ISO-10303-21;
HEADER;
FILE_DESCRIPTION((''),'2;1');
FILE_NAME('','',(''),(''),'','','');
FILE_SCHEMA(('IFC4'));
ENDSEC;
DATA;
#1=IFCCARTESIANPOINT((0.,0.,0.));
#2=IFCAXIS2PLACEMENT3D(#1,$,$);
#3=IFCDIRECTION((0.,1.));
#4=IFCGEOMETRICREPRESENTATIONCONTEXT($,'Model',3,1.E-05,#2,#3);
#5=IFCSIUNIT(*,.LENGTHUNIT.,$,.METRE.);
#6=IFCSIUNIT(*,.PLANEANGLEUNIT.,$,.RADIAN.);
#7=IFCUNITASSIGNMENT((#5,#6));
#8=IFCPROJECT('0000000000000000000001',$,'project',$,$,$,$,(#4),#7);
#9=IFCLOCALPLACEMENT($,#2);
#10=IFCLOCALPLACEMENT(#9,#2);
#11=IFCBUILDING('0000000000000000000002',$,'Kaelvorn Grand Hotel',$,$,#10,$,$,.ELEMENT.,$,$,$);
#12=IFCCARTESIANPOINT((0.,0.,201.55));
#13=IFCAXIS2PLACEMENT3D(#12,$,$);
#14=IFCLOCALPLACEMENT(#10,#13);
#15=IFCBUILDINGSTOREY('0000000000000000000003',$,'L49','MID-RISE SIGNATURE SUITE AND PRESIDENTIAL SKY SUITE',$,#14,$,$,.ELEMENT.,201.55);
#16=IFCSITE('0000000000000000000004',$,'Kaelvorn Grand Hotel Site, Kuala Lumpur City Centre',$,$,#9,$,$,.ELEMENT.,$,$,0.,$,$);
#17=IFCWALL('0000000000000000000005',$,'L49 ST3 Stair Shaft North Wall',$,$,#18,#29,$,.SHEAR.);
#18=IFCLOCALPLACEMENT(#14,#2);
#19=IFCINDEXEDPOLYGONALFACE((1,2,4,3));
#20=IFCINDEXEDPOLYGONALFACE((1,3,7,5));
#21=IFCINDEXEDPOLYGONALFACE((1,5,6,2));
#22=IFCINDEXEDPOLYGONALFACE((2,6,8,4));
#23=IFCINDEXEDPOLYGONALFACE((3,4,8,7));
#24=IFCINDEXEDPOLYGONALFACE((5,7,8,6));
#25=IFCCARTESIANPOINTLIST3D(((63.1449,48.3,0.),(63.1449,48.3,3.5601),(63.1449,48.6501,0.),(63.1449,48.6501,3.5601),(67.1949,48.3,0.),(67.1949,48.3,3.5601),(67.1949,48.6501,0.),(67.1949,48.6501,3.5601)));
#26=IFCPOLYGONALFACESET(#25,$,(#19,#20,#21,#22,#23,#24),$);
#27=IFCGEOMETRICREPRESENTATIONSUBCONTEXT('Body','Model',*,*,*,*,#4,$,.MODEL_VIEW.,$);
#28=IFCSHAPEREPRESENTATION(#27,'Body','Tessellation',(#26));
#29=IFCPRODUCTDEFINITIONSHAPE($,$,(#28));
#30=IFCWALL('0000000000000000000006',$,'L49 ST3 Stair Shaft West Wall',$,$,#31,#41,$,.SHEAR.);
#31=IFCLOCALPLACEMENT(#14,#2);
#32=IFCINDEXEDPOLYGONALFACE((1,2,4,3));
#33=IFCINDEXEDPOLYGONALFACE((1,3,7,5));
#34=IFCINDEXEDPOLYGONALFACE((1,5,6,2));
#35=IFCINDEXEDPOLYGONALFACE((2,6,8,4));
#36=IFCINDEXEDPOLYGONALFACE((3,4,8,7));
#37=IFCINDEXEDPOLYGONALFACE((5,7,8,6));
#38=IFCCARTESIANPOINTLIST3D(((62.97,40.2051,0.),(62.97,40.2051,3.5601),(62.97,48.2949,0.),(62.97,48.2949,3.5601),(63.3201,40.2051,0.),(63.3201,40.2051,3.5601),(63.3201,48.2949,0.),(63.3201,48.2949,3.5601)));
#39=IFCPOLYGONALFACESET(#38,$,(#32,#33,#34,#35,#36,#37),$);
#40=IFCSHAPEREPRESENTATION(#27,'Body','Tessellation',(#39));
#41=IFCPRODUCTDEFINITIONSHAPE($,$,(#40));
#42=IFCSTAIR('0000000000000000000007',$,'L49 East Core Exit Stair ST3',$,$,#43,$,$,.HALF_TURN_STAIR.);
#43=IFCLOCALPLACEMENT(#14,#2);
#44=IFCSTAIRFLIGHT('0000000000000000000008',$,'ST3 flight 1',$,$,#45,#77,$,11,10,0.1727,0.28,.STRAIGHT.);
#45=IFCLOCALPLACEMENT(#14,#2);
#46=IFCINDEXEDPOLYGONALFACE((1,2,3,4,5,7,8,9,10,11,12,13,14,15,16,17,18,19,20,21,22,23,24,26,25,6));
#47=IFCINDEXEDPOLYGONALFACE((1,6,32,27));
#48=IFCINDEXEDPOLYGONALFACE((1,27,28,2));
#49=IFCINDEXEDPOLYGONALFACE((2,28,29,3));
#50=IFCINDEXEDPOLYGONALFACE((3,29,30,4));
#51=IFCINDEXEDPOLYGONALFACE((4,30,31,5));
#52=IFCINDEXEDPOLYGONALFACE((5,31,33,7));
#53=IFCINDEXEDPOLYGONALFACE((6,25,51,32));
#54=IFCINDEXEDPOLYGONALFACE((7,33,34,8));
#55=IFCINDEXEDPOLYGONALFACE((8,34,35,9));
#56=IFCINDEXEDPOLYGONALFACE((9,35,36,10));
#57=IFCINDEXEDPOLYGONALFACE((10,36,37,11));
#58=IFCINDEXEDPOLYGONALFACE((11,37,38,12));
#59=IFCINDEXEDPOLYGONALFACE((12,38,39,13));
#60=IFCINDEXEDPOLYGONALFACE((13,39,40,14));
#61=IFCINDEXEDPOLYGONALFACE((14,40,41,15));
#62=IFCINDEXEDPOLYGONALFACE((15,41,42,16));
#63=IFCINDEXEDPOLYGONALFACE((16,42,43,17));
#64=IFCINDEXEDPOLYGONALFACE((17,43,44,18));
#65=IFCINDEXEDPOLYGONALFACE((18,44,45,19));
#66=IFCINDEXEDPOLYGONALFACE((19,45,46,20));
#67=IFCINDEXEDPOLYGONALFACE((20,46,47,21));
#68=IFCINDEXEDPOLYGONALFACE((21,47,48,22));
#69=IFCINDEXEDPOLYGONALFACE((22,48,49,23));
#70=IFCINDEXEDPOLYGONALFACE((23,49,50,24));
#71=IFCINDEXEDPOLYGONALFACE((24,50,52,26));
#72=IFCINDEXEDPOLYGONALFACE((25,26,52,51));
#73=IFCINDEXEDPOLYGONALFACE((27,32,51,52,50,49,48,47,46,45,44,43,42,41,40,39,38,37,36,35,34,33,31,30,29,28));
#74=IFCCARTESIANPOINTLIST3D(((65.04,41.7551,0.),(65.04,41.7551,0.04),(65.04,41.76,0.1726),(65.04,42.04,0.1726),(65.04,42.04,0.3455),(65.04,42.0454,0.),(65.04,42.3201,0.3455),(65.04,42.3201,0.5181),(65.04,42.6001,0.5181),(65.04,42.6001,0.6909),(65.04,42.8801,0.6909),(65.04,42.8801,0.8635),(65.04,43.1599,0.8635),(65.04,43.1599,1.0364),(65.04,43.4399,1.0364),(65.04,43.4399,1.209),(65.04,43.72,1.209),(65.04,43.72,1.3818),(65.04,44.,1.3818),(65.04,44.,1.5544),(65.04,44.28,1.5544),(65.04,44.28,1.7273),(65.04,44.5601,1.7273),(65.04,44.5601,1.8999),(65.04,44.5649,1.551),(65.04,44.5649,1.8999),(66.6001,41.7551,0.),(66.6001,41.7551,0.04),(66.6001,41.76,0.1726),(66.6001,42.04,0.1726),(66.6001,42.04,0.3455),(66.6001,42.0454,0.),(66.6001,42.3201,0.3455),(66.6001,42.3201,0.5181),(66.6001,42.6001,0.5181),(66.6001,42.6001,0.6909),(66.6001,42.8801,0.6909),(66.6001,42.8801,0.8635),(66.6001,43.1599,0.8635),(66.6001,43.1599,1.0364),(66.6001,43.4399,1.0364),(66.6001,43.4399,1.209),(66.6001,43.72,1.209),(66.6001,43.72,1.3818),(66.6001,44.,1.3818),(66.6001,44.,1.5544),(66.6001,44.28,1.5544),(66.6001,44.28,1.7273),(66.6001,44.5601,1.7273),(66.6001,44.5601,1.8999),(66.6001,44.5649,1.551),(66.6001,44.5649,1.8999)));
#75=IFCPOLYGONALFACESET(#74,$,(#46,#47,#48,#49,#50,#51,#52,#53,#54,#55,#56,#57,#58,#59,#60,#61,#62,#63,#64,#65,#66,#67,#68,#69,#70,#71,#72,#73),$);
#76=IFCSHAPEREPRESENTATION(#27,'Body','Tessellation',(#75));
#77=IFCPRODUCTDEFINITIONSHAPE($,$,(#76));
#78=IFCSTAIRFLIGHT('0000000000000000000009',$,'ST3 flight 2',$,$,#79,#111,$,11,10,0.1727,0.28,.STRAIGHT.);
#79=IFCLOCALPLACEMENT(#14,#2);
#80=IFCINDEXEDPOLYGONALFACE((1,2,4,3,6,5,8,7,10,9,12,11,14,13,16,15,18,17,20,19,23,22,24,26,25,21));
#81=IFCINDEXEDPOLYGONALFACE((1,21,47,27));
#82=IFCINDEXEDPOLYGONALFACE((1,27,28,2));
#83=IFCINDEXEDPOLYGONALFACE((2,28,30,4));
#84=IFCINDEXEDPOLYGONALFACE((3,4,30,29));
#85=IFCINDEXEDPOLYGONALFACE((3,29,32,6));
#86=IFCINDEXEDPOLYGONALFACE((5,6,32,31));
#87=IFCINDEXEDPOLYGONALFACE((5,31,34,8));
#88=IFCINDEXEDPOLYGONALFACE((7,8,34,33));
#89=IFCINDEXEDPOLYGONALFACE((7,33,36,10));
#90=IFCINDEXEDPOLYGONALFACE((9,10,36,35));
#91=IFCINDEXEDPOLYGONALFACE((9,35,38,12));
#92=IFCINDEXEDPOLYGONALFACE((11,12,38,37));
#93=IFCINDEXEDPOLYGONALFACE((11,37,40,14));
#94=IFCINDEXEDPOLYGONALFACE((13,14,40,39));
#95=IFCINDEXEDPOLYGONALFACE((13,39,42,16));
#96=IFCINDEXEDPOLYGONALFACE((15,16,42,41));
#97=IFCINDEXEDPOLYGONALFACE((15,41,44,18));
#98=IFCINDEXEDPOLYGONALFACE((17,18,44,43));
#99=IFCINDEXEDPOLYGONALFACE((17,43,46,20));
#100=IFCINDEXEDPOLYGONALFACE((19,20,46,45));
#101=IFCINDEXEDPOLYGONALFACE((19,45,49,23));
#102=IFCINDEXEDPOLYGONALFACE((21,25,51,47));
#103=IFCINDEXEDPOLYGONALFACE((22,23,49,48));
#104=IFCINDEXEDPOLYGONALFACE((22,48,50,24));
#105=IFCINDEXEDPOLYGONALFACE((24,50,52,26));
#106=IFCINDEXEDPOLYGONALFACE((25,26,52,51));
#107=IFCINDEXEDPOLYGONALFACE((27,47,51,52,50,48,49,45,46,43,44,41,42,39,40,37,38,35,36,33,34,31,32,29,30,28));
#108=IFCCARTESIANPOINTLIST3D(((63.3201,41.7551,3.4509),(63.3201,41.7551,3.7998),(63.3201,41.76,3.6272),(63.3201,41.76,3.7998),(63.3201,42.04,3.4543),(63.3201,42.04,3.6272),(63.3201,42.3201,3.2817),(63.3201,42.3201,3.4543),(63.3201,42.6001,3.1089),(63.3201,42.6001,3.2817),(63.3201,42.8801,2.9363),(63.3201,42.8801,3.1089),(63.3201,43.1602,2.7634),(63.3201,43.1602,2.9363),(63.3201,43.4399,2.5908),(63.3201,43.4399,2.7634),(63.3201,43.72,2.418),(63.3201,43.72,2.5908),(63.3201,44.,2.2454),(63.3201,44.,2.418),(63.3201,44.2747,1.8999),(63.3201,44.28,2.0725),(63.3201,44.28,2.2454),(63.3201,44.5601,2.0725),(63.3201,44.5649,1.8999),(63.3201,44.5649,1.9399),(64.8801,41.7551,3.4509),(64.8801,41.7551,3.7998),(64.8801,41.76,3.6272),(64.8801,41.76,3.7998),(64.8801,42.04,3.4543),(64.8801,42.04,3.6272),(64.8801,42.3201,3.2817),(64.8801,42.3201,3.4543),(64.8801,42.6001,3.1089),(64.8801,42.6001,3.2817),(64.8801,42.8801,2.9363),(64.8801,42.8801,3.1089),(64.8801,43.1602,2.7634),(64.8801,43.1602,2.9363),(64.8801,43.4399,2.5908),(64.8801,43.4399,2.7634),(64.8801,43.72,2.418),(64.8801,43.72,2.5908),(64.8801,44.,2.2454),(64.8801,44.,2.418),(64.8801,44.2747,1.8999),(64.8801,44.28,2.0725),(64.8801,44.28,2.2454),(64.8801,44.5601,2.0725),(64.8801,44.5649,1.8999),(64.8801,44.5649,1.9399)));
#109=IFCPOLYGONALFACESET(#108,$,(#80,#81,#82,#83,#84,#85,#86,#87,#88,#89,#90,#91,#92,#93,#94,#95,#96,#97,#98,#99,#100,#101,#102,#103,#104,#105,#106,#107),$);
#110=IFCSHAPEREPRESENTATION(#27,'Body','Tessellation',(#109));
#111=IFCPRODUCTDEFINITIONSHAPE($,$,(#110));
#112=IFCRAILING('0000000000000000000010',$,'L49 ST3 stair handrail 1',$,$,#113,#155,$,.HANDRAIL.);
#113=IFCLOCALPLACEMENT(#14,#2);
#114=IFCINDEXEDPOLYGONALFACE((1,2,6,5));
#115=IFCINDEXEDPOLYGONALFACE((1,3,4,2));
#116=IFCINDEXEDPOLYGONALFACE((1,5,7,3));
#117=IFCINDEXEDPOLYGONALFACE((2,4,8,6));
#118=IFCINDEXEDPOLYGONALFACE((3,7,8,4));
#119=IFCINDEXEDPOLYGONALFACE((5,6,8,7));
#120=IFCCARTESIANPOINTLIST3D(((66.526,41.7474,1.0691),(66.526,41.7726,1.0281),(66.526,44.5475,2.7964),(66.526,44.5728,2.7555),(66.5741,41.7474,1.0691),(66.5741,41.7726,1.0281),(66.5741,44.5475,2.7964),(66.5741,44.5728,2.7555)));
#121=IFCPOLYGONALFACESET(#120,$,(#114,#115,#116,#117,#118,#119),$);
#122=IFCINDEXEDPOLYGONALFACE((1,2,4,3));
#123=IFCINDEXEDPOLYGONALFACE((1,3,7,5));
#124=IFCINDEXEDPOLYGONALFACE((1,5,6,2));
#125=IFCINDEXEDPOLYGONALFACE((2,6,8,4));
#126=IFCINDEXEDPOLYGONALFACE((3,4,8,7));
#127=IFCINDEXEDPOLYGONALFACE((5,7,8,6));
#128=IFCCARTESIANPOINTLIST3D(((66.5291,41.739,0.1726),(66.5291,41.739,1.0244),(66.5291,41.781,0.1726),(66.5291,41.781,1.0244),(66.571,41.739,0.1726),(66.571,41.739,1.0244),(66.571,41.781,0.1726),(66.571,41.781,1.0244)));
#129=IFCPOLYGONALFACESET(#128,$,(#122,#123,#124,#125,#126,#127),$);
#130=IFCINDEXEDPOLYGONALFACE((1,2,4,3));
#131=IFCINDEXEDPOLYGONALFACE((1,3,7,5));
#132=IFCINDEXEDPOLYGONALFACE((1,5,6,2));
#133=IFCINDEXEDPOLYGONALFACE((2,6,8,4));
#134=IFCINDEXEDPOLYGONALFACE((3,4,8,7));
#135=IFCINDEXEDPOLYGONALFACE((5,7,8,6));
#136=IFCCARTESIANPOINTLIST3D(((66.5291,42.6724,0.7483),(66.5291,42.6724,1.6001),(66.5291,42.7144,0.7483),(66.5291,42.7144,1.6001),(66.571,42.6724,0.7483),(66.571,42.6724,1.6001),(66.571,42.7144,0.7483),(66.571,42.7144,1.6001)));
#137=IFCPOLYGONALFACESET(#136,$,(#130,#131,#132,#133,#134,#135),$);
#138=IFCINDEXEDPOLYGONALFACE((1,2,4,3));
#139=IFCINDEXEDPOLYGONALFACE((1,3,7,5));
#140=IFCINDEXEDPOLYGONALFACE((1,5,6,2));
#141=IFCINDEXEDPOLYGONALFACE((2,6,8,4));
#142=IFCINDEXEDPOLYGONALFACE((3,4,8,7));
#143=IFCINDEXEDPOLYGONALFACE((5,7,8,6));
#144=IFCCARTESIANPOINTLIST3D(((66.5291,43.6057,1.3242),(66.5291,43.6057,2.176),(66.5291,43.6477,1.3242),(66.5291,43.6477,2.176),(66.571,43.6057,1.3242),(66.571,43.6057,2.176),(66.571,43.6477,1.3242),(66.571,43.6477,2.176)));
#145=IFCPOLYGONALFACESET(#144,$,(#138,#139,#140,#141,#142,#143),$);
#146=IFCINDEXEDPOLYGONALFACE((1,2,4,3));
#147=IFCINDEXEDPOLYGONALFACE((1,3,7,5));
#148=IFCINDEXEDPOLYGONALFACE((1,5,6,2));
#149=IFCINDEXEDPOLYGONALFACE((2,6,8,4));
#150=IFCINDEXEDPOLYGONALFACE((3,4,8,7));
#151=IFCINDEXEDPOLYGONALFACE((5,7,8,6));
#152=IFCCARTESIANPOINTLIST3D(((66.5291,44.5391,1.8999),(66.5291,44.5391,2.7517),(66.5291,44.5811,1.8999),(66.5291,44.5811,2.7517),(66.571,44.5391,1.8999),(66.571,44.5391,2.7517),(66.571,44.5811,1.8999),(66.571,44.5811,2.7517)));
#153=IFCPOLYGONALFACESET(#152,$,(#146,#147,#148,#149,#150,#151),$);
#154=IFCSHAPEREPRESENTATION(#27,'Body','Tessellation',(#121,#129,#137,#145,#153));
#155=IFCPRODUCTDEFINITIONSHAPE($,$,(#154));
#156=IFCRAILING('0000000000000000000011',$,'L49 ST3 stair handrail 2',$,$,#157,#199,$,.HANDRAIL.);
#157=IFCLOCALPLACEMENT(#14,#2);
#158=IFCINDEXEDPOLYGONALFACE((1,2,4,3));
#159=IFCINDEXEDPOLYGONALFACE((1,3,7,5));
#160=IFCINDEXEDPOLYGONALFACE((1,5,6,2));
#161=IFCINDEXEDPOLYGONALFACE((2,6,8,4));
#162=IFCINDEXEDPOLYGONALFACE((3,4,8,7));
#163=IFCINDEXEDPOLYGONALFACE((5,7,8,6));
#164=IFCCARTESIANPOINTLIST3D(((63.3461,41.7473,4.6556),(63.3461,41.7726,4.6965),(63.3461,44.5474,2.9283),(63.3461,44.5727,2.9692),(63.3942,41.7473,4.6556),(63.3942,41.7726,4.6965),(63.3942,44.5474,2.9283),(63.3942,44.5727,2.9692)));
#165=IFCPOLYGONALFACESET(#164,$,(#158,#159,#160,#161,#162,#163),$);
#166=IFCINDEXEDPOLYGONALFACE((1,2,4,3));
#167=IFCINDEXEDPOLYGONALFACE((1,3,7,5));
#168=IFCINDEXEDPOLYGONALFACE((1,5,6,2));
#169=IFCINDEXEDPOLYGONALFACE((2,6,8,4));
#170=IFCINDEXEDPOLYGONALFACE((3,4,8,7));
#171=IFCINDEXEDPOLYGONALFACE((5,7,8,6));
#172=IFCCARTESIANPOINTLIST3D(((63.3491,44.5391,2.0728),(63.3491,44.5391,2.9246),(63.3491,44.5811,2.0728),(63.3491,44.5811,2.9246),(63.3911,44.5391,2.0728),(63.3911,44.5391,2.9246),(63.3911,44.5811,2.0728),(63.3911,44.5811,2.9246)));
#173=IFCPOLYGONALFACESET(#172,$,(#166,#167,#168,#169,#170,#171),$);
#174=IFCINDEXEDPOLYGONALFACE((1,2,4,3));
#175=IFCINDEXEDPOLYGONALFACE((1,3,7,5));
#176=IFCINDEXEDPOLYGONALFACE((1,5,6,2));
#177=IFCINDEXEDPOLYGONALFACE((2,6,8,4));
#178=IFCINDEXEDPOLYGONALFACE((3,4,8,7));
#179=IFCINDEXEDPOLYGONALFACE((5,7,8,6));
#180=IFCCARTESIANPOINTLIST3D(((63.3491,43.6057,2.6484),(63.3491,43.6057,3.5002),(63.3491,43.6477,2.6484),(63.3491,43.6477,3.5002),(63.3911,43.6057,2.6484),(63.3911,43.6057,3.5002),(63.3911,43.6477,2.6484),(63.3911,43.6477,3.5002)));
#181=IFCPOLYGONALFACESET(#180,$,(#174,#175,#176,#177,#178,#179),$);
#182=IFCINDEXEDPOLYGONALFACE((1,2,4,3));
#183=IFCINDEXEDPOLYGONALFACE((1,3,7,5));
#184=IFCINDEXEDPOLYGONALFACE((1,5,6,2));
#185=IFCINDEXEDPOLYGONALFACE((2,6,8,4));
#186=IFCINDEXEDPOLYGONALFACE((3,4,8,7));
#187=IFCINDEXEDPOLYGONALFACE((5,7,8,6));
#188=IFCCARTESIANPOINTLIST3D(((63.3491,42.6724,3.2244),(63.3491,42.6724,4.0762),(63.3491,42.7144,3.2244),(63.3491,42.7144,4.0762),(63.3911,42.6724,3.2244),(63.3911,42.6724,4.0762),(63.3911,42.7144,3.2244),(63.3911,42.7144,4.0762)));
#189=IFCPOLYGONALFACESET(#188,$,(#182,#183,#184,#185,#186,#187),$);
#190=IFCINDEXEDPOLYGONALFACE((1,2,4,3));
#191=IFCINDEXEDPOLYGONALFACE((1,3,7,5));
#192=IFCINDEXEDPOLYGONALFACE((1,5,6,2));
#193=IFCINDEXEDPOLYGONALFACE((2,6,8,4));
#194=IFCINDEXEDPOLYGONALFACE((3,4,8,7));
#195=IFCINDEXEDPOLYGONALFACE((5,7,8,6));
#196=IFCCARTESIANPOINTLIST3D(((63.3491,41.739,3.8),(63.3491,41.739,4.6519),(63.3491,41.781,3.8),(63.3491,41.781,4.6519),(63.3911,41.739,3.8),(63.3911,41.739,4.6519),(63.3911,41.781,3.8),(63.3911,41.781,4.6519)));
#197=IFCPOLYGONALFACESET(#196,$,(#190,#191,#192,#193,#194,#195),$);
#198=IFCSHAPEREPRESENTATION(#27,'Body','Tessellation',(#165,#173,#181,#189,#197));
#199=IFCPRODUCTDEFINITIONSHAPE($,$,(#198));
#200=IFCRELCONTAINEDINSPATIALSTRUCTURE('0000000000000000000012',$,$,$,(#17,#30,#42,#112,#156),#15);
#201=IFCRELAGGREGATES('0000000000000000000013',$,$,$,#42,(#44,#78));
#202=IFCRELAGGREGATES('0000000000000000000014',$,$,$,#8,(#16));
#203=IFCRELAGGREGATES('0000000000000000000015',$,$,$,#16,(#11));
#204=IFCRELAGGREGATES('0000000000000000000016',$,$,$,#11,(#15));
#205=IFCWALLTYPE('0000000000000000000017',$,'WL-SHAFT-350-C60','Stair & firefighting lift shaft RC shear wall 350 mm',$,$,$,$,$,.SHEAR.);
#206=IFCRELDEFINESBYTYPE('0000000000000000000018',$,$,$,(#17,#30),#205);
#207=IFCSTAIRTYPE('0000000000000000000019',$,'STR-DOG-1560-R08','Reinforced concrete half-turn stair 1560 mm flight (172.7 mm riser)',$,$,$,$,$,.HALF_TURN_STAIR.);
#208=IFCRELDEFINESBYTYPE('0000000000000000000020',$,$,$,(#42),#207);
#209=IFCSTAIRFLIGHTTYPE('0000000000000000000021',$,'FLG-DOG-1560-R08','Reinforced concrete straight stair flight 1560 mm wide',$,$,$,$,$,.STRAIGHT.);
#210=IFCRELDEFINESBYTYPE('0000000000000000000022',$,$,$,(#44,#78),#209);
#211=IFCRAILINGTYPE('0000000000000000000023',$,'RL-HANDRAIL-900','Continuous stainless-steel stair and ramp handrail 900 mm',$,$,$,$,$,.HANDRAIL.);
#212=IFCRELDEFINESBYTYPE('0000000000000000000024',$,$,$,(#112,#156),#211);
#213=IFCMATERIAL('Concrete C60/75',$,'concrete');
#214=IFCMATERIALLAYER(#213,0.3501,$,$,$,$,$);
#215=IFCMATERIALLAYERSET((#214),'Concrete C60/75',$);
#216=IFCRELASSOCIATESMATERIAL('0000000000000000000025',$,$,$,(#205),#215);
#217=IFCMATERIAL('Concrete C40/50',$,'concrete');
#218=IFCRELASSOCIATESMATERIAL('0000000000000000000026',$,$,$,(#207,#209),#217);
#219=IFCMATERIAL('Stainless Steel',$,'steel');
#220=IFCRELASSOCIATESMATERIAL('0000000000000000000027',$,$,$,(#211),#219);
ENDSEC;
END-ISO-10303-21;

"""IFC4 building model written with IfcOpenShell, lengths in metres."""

from ifc_helpers import new_model, si_unit, direction, frame, frame_2d, origin, origin_2d, place, context, subcontext, project, spatial, polyline, rectangle, outline, extrude, material, layer, layer_set, type_object, element, aggregate, save


model = new_model("IFC4")

# Units and contexts
model_context = context("Model", 3, precision=1e-05, world=origin(), true_north=direction((0.0, 1.0)))
body_context = subcontext(model_context, "Body", "Model", "MODEL_VIEW")
ifc_project = project(units=[si_unit("LENGTHUNIT", "METRE"), si_unit("PLANEANGLEUNIT", "RADIAN")], contexts=[model_context])

# Site, building, storey
site_placement = place(None, origin())
site = spatial("IfcSite", under=ifc_project, at=site_placement, Name="Kaelvorn Grand Hotel Site, Kuala Lumpur City Centre", CompositionType="ELEMENT", RefElevation=0.0)
building_placement = place(site_placement, origin())
building = spatial("IfcBuilding", under=site, at=building_placement, Name="Kaelvorn Grand Hotel", CompositionType="ELEMENT")
storey_placement = place(building_placement, frame((0.0, 0.0, 201.55)))
storey = spatial("IfcBuildingStorey", under=building, at=storey_placement, Name="L49", Description="MID-RISE SIGNATURE SUITE AND PRESIDENTIAL SKY SUITE", CompositionType="ELEMENT", Elevation=201.55)

# Shared definitions
ifc_material_1 = material(Name="Concrete C60/75", Category="concrete")

# Shared definitions
ifc_material_2 = material(Name="Concrete C40/50", Category="concrete")

# Shared definitions
ifc_material_3 = material(Name="Stainless Steel", Category="steel")

# Shared definitions
ifc_layer_1 = layer(ifc_material_1, 0.3501)
ifc_layer_set_1 = layer_set([ifc_layer_1], Name="Concrete C60/75")
wall_type_1 = type_object("IfcWallType", Name="WL-SHAFT-350-C60", Description="Stair & firefighting lift shaft RC shear wall 350 mm", PredefinedType="SHEAR", material=ifc_layer_set_1)

# Walls
wall_1_placement = place(storey_placement, frame((63.145, 48.4751, 0.0), z_axis=(0.0, 0.0, 1.0), x_axis=(1.0, 0.0, 0.0)))
element("IfcWall", 1, at=wall_1_placement, inside=storey, type_object=wall_type_1, Name="L49 ST3 Stair Shaft North Wall", PredefinedType="SHEAR", context=body_context, shape_type="SweptSolid", body=[
    extrude(rectangle(XDim=4.05, YDim=0.3501, at=frame_2d((2.0249, 0.0))), origin(), (0.0, 0.0, 1.0), 3.5601),
])
wall_2_placement = place(storey_placement, frame((63.145, 40.2051, 0.0), z_axis=(0.0, 0.0, 1.0), x_axis=(0.0, 1.0, 0.0)))
element("IfcWall", 2, at=wall_2_placement, inside=storey, type_object=wall_type_1, Name="L49 ST3 Stair Shaft West Wall", PredefinedType="SHEAR", context=body_context, shape_type="SweptSolid", body=[
    extrude(rectangle(XDim=8.0898, YDim=0.3501, at=frame_2d((4.0449, 0.0))), origin(), (0.0, 0.0, 1.0), 3.5601),
])

# Stair, stair flights
stair_type = type_object("IfcStairType", Name="STR-DOG-1560-R08", Description="Reinforced concrete half-turn stair 1560 mm flight (172.7 mm riser)", PredefinedType="HALF_TURN_STAIR", material=ifc_material_2)
stair_placement = place(storey_placement, origin())
stair = element("IfcStair", 3, at=stair_placement, inside=storey, type_object=stair_type, Name="L49 East Core Exit Stair ST3", PredefinedType="HALF_TURN_STAIR")
stair_flight_type = type_object("IfcStairFlightType", Name="FLG-DOG-1560-R08", Description="Reinforced concrete straight stair flight 1560 mm wide", PredefinedType="STRAIGHT", material=ifc_material_2)
stair_flight_1_placement = place(storey_placement, frame((65.8201, 41.76, 0.0), z_axis=(0.0, 0.0, 1.0), x_axis=(0.0, 1.0, 0.0)))
stair_flight_1 = element("IfcStairFlight", 4, at=stair_flight_1_placement, type_object=stair_flight_type, Name="ST3 flight 1", NumberOfRisers=11, NumberOfTreads=10, PredefinedType="STRAIGHT", RiserHeight=0.1727, TreadLength=0.28, context=body_context, shape_type="SweptSolid", body=[
    extrude(outline(polyline([(-0.0049, 0.0), (-0.0049, 0.04), (0.0, 0.1726), (0.28, 0.1726), (0.28, 0.3455), (0.5601, 0.3455), (0.5601, 0.5181), (0.8401, 0.5181), (0.8401, 0.6909), (1.1201, 0.6909), (1.1201, 0.8635), (1.3999, 0.8635), (1.3999, 1.0364), (1.6799, 1.0364), (1.6799, 1.209), (1.96, 1.209), (1.96, 1.3818), (2.24, 1.3818), (2.24, 1.5544), (2.52, 1.5544), (2.52, 1.7273), (2.8, 1.7273), (2.8, 1.8999), (2.8049, 1.8999), (2.8049, 1.551), (0.2854, 0.0), (-0.0049, 0.0)])), frame((0.0, 0.78, 0.0), z_axis=(0.0, -1.0, 0.0), x_axis=(1.0, 0.0, 0.0)), (0.0, 0.0, 1.0), 1.5601),
])
stair_flight_2_placement = place(storey_placement, frame((64.1001, 44.5601, 1.8999), z_axis=(0.0, 0.0, 1.0), x_axis=(0.0, -1.0, 0.0)))
stair_flight_2 = element("IfcStairFlight", 5, at=stair_flight_2_placement, type_object=stair_flight_type, Name="ST3 flight 2", NumberOfRisers=11, NumberOfTreads=10, PredefinedType="STRAIGHT", RiserHeight=0.1727, TreadLength=0.28, context=body_context, shape_type="SweptSolid", body=[
    extrude(outline(polyline([(-0.0049, 0.0), (-0.0049, 0.04), (0.0, 0.1726), (0.28, 0.1726), (0.28, 0.3455), (0.5601, 0.3455), (0.5601, 0.5181), (0.8401, 0.5181), (0.8401, 0.6909), (1.1201, 0.6909), (1.1201, 0.8635), (1.3999, 0.8635), (1.3999, 1.0364), (1.6799, 1.0364), (1.6799, 1.209), (1.96, 1.209), (1.96, 1.3818), (2.24, 1.3818), (2.24, 1.5544), (2.52, 1.5544), (2.52, 1.7273), (2.8, 1.7273), (2.8, 1.8999), (2.8049, 1.8999), (2.8049, 1.551), (0.2854, 0.0), (-0.0049, 0.0)])), frame((0.0, 0.78, 0.0), z_axis=(0.0, -1.0, 0.0), x_axis=(1.0, 0.0, 0.0)), (0.0, 0.0, 1.0), 1.5601),
])
aggregate(stair, [stair_flight_1, stair_flight_2])

# Railings
railing_type_1 = type_object("IfcRailingType", Name="RL-HANDRAIL-900", Description="Continuous stainless-steel stair and ramp handrail 900 mm", PredefinedType="HANDRAIL", material=ifc_material_3)
railing_1_placement = place(storey_placement, frame((66.55, 41.76, 0.1726)))
element("IfcRailing", 6, at=railing_1_placement, inside=storey, type_object=railing_type_1, Name="L49 ST3 stair handrail 1", PredefinedType="HANDRAIL", context=body_context, shape_type="SweptSolid", body=[
    extrude(rectangle(XDim=0.0481, YDim=0.0481, at=origin_2d()), frame((0.0, 0.0, 0.876), z_axis=(0.0, 0.85109, 0.52502), x_axis=(-1.0, 0.0, 0.0)), (0.0, 0.0, 1.0), 3.29),
    extrude(rectangle(XDim=0.042, YDim=0.042, at=origin_2d()), origin(), (0.0, 0.0, 1.0), 0.8518),
    extrude(rectangle(XDim=0.042, YDim=0.042, at=origin_2d()), frame((0.0, 0.9333, 0.5757)), (0.0, 0.0, 1.0), 0.8518),
    extrude(rectangle(XDim=0.042, YDim=0.042, at=origin_2d()), frame((0.0, 1.8667, 1.1516)), (0.0, 0.0, 1.0), 0.8518),
    extrude(rectangle(XDim=0.042, YDim=0.042, at=origin_2d()), frame((0.0, 2.8, 1.7273)), (0.0, 0.0, 1.0), 0.8518),
])
railing_2_placement = place(storey_placement, frame((63.3701, 44.5601, 2.0728)))
element("IfcRailing", 7, at=railing_2_placement, inside=storey, type_object=railing_type_1, Name="L49 ST3 stair handrail 2", PredefinedType="HANDRAIL", context=body_context, shape_type="SweptSolid", body=[
    extrude(rectangle(XDim=0.0481, YDim=0.0481, at=origin_2d()), frame((0.0, 0.0, 0.876), z_axis=(0.0, -0.85109, 0.52502), x_axis=(1.0, 0.0, 0.0)), (0.0, 0.0, 1.0), 3.29),
    extrude(rectangle(XDim=0.042, YDim=0.042, at=origin_2d()), origin(), (0.0, 0.0, 1.0), 0.8518),
    extrude(rectangle(XDim=0.042, YDim=0.042, at=origin_2d()), frame((0.0, -0.9333, 0.5757)), (0.0, 0.0, 1.0), 0.8518),
    extrude(rectangle(XDim=0.042, YDim=0.042, at=origin_2d()), frame((0.0, -1.8667, 1.1516)), (0.0, 0.0, 1.0), 0.8518),
    extrude(rectangle(XDim=0.042, YDim=0.042, at=origin_2d()), frame((0.0, -2.8, 1.7273)), (0.0, 0.0, 1.0), 0.8518),
])

save(model, "model.ifc")
